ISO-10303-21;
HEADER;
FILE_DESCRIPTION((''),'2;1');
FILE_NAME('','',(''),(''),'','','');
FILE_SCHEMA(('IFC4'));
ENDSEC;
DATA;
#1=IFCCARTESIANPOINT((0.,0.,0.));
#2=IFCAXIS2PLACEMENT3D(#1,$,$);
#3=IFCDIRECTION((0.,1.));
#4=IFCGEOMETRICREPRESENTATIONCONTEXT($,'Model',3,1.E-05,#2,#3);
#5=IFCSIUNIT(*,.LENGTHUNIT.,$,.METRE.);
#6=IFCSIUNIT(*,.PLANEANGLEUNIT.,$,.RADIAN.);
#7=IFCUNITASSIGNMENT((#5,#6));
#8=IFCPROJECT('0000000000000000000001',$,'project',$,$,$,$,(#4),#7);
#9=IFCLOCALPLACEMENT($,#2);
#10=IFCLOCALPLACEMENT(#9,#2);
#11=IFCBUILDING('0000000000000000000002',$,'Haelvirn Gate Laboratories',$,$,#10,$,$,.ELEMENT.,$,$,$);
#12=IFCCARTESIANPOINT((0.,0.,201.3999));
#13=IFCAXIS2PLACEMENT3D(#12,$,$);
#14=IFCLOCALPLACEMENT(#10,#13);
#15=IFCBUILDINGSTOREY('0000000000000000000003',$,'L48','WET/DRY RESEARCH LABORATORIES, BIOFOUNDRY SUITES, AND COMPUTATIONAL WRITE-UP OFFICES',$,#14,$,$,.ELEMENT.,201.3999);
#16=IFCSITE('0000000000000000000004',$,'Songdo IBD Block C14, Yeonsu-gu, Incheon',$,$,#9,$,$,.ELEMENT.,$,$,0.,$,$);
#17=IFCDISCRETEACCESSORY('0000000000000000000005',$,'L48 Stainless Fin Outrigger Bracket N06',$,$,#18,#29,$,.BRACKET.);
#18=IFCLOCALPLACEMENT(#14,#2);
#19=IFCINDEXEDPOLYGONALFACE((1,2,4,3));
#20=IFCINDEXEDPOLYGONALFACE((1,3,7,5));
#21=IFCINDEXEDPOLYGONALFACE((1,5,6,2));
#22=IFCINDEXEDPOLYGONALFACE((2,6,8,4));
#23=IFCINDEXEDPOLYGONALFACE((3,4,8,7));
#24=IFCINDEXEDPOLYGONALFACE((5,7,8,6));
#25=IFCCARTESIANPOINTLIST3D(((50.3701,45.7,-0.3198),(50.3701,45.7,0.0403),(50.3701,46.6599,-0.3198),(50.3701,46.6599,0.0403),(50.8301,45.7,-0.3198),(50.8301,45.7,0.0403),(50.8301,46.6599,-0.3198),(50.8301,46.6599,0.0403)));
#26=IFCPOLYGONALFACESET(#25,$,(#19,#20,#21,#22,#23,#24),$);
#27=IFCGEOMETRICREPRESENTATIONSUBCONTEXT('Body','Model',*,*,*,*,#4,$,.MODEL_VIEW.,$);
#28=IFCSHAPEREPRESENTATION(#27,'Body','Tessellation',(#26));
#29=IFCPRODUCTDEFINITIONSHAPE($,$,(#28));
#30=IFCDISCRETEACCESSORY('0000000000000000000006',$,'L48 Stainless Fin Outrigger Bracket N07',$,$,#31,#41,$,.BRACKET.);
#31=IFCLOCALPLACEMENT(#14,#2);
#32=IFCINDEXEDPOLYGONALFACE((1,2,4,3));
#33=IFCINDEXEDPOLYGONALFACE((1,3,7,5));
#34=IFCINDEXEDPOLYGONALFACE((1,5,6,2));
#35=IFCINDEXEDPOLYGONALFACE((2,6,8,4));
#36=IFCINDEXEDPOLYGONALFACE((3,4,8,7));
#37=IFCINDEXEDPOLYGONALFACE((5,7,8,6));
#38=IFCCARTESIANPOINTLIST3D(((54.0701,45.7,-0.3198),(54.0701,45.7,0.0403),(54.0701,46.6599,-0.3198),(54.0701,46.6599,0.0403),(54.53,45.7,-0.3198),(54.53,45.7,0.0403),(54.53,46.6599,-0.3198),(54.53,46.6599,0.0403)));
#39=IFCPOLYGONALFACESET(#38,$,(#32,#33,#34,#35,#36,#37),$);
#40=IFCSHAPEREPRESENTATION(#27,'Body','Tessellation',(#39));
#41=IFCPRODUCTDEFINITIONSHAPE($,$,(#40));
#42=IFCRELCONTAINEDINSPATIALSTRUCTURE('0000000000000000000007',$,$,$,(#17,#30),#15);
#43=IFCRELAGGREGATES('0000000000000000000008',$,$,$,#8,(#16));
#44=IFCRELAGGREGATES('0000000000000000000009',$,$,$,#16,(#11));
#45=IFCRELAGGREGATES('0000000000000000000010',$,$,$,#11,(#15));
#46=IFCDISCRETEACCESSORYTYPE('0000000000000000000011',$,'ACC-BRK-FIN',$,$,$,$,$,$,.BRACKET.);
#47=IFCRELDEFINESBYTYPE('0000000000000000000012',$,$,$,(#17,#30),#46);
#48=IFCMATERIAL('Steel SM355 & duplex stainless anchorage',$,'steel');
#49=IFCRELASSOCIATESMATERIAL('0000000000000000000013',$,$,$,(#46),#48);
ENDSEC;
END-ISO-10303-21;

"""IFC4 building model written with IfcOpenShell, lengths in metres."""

from ifc_helpers import new_model, si_unit, direction, frame, origin, origin_2d, place, context, subcontext, project, spatial, rectangle, extrude, source, transform, mapped, material, type_object, type_shapes, element, save


model = new_model("IFC4")

# Units and contexts
model_context = context("Model", 3, precision=1e-05, world=origin(), true_north=direction((0.0, 1.0)))
body_context = subcontext(model_context, "Body", "Model", "MODEL_VIEW")
ifc_project = project(units=[si_unit("LENGTHUNIT", "METRE"), si_unit("PLANEANGLEUNIT", "RADIAN")], contexts=[model_context])

# Site, building, storey
site_placement = place(None, origin())
site = spatial("IfcSite", under=ifc_project, at=site_placement, Name="Songdo IBD Block C14, Yeonsu-gu, Incheon", CompositionType="ELEMENT", RefElevation=0.0)
building_placement = place(site_placement, origin())
building = spatial("IfcBuilding", under=site, at=building_placement, Name="Haelvirn Gate Laboratories", CompositionType="ELEMENT")
storey_placement = place(building_placement, frame((0.0, 0.0, 201.3999)))
storey = spatial("IfcBuildingStorey", under=building, at=storey_placement, Name="L48", Description="WET/DRY RESEARCH LABORATORIES, BIOFOUNDRY SUITES, AND COMPUTATIONAL WRITE-UP OFFICES", CompositionType="ELEMENT", Elevation=201.3999)

# Discrete accessories
ifc_material_1 = material(Name="Steel SM355 & duplex stainless anchorage", Category="steel")
discrete_accessory_type = type_object("IfcDiscreteAccessoryType", Name="ACC-BRK-FIN", PredefinedType="BRACKET", material=ifc_material_1)
shared_shape_1 = source(origin(), body_context, "Body", "SweptSolid", [
    extrude(rectangle(XDim=0.46, YDim=0.96, at=origin_2d()), origin(), (0.0, 0.0, 1.0), 0.3601),
])
type_shapes(discrete_accessory_type, [shared_shape_1])
for number, where, z_axis, x_axis, name in (
    (1, (50.6001, 46.1799, -0.3198), (0.0, 0.0, 1.0), (1.0, 0.0, 0.0), "L48 Stainless Fin Outrigger Bracket N06"),
    (2, (54.3, 46.1799, -0.3198), (0.0, 0.0, 1.0), (1.0, 0.0, 0.0), "L48 Stainless Fin Outrigger Bracket N07"),
):
    element("IfcDiscreteAccessory", number, at=place(storey_placement, frame(where, z_axis=z_axis, x_axis=x_axis)), inside=storey, type_object=discrete_accessory_type, Name=name, PredefinedType="BRACKET", context=body_context, shape_type="MappedRepresentation", body=[
        mapped(shared_shape_1, transform((0.0, 0.0, 0.0), scale=1.0)),
    ])

save(model, "model.ifc")
